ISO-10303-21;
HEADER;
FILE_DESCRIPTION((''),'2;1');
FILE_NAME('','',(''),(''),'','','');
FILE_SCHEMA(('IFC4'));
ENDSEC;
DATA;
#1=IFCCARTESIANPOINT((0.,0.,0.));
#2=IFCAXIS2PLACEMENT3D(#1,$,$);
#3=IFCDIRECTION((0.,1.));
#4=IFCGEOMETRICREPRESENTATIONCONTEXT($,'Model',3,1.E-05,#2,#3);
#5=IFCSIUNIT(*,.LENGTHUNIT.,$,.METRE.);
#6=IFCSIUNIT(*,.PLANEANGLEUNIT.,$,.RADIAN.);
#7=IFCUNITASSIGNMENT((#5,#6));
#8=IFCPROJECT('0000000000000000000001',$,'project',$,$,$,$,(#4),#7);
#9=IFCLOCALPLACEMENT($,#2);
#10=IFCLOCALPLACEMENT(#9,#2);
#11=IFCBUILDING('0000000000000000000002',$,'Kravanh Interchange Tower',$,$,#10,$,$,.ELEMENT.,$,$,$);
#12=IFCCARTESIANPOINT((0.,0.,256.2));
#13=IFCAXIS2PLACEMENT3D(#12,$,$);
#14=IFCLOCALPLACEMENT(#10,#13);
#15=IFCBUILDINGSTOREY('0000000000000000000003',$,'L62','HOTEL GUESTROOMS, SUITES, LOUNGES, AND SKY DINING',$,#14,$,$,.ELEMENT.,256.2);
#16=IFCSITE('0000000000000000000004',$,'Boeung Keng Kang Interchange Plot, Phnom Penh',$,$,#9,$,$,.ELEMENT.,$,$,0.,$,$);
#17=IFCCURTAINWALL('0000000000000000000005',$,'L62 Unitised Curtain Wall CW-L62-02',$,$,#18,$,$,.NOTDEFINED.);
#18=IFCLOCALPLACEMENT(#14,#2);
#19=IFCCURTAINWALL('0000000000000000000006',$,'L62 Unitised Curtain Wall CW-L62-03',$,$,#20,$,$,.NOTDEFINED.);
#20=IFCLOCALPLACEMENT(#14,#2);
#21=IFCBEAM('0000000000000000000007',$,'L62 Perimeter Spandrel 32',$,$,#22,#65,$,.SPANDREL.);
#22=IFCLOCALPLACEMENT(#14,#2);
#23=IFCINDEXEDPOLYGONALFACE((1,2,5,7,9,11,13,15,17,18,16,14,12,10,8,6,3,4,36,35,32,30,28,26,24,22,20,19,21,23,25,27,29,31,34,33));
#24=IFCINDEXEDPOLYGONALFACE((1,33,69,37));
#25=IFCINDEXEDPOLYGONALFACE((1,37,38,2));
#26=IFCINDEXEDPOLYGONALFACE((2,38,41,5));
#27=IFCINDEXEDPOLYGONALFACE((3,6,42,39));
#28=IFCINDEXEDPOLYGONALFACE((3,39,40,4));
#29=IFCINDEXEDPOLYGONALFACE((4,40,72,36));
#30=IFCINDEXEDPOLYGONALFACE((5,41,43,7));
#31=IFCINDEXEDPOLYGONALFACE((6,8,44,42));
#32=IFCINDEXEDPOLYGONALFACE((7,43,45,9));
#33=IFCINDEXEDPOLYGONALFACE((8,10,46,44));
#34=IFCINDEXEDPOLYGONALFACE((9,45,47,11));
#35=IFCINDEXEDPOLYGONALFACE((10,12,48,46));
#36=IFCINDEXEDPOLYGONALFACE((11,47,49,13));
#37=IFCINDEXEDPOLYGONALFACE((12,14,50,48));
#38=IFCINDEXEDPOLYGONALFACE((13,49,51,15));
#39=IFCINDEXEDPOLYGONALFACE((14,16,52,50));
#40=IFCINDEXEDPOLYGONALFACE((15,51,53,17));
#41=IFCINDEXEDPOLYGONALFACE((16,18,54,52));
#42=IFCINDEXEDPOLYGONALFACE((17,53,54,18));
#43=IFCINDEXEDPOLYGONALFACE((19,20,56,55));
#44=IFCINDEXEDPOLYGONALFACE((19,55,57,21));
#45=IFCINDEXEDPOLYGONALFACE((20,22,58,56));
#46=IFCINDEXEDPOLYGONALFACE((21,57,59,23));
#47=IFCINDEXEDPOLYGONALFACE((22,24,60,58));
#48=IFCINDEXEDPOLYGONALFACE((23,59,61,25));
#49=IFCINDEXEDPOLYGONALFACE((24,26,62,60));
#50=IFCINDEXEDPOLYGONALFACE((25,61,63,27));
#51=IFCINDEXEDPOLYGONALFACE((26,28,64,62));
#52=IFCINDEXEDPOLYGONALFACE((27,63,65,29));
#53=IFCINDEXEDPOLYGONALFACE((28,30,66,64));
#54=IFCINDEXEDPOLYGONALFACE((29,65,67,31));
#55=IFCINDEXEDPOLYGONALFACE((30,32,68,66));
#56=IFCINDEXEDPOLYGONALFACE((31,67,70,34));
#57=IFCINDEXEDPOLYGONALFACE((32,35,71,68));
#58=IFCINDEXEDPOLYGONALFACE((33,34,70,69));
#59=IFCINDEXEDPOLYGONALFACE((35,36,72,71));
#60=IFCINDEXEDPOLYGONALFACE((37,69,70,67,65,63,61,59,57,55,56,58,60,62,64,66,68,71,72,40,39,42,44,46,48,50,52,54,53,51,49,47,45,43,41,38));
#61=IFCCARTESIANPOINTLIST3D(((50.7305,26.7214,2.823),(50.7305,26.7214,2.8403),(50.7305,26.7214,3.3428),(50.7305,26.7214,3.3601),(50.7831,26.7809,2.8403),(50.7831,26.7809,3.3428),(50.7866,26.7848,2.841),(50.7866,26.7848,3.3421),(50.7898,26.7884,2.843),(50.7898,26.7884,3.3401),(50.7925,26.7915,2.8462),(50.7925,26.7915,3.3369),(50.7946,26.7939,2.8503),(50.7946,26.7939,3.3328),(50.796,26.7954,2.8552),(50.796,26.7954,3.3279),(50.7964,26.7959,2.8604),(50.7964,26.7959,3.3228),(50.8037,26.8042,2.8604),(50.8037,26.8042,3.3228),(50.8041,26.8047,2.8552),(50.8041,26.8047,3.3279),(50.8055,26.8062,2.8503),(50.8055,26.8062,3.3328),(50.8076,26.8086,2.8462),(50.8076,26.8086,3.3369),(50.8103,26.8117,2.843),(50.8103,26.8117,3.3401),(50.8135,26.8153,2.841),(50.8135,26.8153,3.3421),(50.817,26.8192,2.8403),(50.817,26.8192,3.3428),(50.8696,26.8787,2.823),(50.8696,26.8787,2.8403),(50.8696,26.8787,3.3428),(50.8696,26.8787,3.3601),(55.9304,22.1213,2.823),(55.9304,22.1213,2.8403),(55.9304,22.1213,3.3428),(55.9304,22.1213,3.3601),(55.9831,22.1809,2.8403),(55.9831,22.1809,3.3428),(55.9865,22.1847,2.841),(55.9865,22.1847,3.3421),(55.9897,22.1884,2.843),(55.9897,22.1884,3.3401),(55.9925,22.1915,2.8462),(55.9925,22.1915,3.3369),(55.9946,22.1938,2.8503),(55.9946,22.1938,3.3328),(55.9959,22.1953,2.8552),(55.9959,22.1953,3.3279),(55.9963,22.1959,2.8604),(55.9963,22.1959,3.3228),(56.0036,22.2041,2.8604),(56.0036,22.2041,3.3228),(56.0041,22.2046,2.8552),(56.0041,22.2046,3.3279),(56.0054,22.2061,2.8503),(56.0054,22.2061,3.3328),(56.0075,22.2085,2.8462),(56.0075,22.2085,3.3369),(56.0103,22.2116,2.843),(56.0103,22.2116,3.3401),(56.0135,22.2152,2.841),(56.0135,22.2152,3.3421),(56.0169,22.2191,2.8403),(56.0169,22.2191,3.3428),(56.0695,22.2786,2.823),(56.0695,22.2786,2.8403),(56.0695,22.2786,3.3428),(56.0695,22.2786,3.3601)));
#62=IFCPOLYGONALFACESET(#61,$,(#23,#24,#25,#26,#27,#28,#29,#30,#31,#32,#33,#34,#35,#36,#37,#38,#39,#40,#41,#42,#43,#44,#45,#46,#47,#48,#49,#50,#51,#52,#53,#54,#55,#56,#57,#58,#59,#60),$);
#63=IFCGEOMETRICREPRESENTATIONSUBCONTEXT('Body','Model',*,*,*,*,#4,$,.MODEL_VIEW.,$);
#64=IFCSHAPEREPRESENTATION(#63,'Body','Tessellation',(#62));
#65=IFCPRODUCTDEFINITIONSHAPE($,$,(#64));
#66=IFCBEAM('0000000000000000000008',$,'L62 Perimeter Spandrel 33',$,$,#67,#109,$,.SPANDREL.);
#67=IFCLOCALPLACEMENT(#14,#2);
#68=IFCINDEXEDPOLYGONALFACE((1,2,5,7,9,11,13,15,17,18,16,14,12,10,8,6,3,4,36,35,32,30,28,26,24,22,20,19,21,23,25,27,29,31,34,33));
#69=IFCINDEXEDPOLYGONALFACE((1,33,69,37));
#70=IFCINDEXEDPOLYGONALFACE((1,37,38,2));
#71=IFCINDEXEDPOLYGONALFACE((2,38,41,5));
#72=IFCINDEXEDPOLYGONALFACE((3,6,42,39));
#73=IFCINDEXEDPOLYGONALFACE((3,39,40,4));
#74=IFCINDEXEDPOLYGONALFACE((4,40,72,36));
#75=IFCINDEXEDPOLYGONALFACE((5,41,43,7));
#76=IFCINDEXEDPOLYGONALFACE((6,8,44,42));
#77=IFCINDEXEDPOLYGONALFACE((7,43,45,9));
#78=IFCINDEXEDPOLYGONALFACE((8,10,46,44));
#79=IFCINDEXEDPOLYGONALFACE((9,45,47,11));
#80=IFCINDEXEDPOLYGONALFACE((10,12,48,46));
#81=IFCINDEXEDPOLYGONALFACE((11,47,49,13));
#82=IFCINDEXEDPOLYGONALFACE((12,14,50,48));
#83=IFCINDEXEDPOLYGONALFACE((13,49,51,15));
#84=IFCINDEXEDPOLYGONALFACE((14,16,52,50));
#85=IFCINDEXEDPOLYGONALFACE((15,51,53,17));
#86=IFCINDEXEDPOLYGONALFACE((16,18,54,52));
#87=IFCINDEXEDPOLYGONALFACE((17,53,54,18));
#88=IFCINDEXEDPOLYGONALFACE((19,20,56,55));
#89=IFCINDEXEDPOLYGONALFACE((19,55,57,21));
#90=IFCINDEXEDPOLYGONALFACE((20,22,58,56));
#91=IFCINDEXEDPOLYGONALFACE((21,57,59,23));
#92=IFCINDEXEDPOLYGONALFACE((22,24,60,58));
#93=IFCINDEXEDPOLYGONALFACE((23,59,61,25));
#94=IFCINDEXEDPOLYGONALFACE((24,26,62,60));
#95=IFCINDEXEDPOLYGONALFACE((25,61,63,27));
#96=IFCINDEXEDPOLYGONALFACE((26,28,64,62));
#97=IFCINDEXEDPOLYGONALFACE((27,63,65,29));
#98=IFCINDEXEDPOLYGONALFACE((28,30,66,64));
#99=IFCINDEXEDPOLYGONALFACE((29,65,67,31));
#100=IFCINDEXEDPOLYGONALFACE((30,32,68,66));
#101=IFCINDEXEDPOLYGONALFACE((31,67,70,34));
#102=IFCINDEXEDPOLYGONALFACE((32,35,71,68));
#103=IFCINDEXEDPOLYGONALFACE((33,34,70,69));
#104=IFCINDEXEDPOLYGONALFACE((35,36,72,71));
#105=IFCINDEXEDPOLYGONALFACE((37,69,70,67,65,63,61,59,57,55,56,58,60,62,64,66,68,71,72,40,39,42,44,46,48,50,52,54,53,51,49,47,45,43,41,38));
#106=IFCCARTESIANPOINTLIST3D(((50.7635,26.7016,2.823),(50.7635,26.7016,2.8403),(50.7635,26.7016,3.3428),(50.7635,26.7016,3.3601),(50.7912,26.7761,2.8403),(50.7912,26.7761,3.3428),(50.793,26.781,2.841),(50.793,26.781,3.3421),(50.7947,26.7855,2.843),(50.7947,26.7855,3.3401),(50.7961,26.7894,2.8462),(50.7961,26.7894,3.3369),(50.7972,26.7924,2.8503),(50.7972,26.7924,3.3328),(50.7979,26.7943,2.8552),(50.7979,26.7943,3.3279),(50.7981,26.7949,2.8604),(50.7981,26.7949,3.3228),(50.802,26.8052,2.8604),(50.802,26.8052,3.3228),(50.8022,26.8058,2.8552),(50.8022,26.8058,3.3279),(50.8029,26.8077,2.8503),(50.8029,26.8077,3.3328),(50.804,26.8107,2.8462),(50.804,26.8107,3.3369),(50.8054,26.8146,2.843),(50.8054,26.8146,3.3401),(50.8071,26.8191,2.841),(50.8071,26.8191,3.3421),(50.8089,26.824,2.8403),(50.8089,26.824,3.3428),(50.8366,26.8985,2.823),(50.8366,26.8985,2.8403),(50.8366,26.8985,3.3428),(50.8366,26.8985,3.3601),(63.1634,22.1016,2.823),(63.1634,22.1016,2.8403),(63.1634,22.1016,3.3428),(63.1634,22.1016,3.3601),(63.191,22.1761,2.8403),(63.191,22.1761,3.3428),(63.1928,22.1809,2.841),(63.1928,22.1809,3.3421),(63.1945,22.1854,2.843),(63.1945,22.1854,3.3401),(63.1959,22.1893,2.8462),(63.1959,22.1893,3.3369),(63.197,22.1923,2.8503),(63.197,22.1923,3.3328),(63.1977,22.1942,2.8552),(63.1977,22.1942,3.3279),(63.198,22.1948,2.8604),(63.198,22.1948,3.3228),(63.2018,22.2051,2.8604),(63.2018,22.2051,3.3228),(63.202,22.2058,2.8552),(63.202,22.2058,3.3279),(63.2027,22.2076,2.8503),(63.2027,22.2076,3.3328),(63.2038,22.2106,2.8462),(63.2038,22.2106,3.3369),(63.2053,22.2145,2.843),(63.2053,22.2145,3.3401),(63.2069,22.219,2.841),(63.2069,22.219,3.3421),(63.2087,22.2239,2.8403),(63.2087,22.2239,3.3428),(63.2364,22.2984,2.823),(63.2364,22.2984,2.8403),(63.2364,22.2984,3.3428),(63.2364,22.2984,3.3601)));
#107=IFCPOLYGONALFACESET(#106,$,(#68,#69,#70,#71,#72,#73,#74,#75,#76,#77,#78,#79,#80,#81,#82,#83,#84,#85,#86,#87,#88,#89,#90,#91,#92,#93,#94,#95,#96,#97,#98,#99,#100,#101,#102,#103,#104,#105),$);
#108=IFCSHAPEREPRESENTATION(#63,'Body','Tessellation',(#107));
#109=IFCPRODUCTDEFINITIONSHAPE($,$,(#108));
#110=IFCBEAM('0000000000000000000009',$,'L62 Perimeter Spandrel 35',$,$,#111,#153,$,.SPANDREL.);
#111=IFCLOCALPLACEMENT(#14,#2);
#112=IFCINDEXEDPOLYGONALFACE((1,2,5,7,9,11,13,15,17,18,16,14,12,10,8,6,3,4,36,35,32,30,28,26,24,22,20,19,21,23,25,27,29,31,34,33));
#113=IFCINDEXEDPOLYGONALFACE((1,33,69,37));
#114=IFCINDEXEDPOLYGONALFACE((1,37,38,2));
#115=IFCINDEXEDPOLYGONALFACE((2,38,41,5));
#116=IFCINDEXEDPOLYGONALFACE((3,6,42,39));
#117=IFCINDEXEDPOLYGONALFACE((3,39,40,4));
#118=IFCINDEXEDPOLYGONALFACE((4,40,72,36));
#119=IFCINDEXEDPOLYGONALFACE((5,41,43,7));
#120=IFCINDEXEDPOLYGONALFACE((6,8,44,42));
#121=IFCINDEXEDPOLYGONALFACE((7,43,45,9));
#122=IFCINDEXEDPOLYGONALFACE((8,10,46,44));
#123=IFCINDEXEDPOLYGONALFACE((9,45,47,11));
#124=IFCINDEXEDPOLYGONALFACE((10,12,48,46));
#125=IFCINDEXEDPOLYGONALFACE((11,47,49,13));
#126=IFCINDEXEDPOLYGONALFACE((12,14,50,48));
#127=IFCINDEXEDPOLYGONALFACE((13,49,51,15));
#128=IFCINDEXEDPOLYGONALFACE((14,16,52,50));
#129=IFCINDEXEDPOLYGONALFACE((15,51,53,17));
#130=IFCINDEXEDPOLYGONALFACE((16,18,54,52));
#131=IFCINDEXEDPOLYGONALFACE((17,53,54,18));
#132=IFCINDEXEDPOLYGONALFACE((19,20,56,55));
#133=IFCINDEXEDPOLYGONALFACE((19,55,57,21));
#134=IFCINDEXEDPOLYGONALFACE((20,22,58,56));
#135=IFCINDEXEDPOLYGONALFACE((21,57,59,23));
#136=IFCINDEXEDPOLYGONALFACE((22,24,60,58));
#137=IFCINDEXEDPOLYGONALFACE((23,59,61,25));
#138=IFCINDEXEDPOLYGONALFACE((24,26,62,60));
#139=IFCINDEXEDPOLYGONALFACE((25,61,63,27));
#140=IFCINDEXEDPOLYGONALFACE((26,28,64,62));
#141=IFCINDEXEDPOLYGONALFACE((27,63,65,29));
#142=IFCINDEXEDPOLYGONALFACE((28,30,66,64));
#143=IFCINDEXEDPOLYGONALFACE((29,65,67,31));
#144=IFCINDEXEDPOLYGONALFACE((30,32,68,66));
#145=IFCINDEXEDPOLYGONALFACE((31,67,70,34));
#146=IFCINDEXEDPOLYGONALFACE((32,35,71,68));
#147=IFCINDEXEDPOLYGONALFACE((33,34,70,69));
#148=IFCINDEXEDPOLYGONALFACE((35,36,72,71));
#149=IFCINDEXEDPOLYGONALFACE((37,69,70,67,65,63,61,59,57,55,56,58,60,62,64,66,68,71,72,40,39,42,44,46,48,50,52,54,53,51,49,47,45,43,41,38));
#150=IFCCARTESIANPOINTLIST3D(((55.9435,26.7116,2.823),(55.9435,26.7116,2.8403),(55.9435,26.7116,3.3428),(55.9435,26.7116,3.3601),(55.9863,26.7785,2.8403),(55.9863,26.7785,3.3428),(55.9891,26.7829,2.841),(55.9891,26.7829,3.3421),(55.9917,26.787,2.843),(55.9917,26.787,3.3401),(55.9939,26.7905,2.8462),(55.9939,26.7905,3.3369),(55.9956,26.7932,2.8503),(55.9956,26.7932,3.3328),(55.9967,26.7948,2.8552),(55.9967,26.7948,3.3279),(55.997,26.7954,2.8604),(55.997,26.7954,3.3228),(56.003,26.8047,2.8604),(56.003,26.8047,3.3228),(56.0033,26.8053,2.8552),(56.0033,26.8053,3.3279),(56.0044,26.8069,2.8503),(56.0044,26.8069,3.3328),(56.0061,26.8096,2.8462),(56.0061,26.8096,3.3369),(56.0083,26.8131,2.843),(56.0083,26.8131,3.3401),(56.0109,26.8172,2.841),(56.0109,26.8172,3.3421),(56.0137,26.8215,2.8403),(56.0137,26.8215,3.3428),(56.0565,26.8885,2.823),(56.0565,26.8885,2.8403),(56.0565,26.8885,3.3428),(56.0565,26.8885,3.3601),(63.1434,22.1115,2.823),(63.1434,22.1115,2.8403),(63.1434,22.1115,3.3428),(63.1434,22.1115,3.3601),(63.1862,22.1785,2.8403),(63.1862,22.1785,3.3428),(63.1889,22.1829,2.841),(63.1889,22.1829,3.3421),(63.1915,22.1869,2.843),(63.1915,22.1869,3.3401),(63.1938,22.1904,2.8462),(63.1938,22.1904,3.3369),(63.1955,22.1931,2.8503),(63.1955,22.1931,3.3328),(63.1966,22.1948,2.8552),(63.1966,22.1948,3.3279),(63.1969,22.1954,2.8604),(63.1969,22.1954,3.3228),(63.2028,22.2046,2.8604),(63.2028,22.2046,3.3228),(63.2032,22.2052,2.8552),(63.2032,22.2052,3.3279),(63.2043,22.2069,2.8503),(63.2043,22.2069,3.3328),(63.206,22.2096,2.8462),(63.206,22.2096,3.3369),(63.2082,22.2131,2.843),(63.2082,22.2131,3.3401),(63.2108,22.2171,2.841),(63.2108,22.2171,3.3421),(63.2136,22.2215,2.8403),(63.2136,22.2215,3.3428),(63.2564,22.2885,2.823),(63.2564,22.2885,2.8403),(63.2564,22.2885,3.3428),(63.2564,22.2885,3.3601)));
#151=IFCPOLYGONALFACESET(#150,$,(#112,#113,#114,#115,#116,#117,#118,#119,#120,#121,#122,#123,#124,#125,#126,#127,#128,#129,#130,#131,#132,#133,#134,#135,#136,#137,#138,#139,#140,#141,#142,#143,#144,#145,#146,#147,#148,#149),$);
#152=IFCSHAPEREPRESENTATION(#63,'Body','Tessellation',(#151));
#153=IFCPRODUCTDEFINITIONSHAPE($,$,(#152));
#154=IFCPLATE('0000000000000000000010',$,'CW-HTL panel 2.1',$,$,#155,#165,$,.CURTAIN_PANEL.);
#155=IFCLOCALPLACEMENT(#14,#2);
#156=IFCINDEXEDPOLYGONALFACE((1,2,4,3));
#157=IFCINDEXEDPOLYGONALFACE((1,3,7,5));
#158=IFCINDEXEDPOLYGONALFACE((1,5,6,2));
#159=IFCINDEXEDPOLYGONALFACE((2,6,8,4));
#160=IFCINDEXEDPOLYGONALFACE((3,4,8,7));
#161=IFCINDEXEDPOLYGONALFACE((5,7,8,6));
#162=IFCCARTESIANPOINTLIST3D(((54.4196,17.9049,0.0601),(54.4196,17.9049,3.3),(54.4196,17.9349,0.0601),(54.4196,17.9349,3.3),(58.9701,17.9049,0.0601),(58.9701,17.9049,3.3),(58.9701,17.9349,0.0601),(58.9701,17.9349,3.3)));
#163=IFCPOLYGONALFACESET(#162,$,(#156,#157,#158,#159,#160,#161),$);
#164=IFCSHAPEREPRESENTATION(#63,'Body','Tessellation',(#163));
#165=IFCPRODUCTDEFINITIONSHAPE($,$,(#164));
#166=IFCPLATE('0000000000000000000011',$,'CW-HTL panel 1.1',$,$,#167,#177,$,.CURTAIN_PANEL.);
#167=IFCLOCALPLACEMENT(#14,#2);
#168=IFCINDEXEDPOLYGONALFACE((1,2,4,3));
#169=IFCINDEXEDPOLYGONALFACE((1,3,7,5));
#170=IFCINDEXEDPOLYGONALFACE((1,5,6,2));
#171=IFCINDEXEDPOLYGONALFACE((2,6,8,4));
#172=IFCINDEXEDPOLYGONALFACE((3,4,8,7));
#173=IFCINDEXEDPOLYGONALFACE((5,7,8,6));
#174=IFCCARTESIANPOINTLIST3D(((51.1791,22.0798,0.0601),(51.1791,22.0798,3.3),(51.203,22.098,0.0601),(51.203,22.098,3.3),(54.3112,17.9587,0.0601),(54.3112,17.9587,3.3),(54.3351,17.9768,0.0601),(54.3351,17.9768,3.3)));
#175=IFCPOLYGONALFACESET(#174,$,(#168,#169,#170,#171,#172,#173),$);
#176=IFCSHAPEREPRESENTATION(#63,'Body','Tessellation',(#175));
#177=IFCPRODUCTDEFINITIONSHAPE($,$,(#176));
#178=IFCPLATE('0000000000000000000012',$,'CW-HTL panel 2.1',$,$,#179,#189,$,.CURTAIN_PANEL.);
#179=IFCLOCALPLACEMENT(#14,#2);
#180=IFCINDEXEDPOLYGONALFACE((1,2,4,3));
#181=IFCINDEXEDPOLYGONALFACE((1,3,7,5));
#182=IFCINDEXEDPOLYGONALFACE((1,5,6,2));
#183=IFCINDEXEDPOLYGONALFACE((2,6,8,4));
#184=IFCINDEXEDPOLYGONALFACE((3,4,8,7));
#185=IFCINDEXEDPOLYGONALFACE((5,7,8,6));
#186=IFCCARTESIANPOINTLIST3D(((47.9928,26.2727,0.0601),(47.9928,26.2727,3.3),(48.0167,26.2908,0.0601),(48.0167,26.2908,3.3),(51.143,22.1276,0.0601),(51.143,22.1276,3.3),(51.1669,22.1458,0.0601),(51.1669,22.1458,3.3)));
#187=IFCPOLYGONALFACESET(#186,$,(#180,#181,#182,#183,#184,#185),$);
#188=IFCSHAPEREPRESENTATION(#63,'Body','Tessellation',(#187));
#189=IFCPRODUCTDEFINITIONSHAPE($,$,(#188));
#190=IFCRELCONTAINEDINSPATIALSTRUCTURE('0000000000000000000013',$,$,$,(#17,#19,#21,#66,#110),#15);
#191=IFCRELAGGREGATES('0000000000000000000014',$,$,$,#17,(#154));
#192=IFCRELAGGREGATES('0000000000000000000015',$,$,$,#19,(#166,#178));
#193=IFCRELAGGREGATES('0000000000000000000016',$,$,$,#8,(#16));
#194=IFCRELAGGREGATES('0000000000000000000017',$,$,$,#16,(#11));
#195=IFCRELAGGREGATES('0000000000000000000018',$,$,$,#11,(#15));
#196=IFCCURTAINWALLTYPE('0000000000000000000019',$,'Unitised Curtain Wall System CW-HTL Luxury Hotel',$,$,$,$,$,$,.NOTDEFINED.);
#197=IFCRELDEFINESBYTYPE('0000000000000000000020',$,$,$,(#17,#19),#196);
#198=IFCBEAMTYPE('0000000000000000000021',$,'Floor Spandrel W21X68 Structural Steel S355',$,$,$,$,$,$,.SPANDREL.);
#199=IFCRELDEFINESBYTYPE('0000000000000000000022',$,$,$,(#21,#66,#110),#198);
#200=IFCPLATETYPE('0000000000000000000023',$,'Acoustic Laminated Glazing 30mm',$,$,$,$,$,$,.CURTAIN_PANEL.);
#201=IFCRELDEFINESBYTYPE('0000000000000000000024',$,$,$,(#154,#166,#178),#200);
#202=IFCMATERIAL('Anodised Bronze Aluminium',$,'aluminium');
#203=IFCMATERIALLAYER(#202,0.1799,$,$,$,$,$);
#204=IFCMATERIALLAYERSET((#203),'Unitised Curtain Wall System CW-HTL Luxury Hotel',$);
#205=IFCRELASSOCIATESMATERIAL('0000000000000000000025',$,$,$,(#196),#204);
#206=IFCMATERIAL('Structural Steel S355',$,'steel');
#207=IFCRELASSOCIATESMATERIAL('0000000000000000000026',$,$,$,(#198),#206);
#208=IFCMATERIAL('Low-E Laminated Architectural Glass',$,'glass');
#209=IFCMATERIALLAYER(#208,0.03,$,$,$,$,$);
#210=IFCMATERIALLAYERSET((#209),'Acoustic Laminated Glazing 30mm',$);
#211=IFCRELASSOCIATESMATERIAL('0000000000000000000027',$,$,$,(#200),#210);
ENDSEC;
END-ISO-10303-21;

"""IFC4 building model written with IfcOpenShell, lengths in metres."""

from ifc_helpers import new_model, si_unit, direction, frame, origin, origin_2d, place, context, subcontext, project, spatial, rectangle, i_section, extrude, material, layer, layer_set, material_profile, profile_set, type_object, element, aggregate, save


model = new_model("IFC4")

# Units and contexts
model_context = context("Model", 3, precision=1e-05, world=origin(), true_north=direction((0.0, 1.0)))
body_context = subcontext(model_context, "Body", "Model", "MODEL_VIEW")
ifc_project = project(units=[si_unit("LENGTHUNIT", "METRE"), si_unit("PLANEANGLEUNIT", "RADIAN")], contexts=[model_context])

# Site, building, storey
site_placement = place(None, origin())
site = spatial("IfcSite", under=ifc_project, at=site_placement, Name="Boeung Keng Kang Interchange Plot, Phnom Penh", CompositionType="ELEMENT", RefElevation=0.0)
building_placement = place(site_placement, origin())
building = spatial("IfcBuilding", under=site, at=building_placement, Name="Kravanh Interchange Tower", CompositionType="ELEMENT")
storey_placement = place(building_placement, frame((0.0, 0.0, 256.2)))
storey = spatial("IfcBuildingStorey", under=building, at=storey_placement, Name="L62", Description="HOTEL GUESTROOMS, SUITES, LOUNGES, AND SKY DINING", CompositionType="ELEMENT", Elevation=256.2)

# Curtain wall
ifc_material_1 = material(Name="Anodised Bronze Aluminium", Category="aluminium")
ifc_layer_1 = layer(ifc_material_1, 0.1799)
ifc_layer_set_1 = layer_set([ifc_layer_1], Name="Unitised Curtain Wall System CW-HTL Luxury Hotel")
curtain_wall_type = type_object("IfcCurtainWallType", Name="Unitised Curtain Wall System CW-HTL Luxury Hotel", PredefinedType="NOTDEFINED", material=ifc_layer_set_1)
curtain_wall_1_placement = place(storey_placement, origin())
curtain_wall_1 = element("IfcCurtainWall", 1, at=curtain_wall_1_placement, inside=storey, type_object=curtain_wall_type, Name="L62 Unitised Curtain Wall CW-L62-02", PredefinedType="NOTDEFINED")

# Curtain wall
curtain_wall_2_placement = place(storey_placement, origin())
curtain_wall_2 = element("IfcCurtainWall", 2, at=curtain_wall_2_placement, inside=storey, type_object=curtain_wall_type, Name="L62 Unitised Curtain Wall CW-L62-03", PredefinedType="NOTDEFINED")

# Beams
ifc_material_2 = material(Name="Structural Steel S355", Category="steel")
ifc_material_profile_1 = material_profile(ifc_material_2, i_section(OverallWidth=0.21, OverallDepth=0.5371, WebThickness=0.011, FlangeThickness=0.0173, FilletRadius=0.02, at=origin_2d()), Name="W21X68")
ifc_profile_set_1 = profile_set([ifc_material_profile_1], Name="Structural Steel S355")
beam_type_1 = type_object("IfcBeamType", Name="Floor Spandrel W21X68 Structural Steel S355", PredefinedType="SPANDREL", material=ifc_profile_set_1)
beam_1_placement = place(storey_placement, frame((50.8, 26.8, 3.0916), z_axis=(0.748986, -0.662585, 0.0), x_axis=(0.662585, 0.748986, 0.0)))
element("IfcBeam", 3, at=beam_1_placement, inside=storey, type_object=beam_type_1, Name="L62 Perimeter Spandrel 32", PredefinedType="SPANDREL", context=body_context, shape_type="SweptSolid", body=[
    extrude(i_section(OverallWidth=0.21, OverallDepth=0.5371, WebThickness=0.011, FlangeThickness=0.0173, FilletRadius=0.02, at=origin_2d()), origin(), (0.0, 0.0, 1.0), 6.9426),
])
beam_2_placement = place(storey_placement, frame((50.8, 26.8, 3.0916), z_axis=(0.937563, -0.347816, 0.0), x_axis=(0.347816, 0.937563, 0.0)))
element("IfcBeam", 4, at=beam_2_placement, inside=storey, type_object=beam_type_1, Name="L62 Perimeter Spandrel 33", PredefinedType="SPANDREL", context=body_context, shape_type="SweptSolid", body=[
    extrude(i_section(OverallWidth=0.21, OverallDepth=0.5371, WebThickness=0.011, FlangeThickness=0.0173, FilletRadius=0.02, at=origin_2d()), origin(), (0.0, 0.0, 1.0), 13.2256),
])
beam_3_placement = place(storey_placement, frame((56.0, 26.8, 3.0916), z_axis=(0.842689, -0.5384, 0.0), x_axis=(0.5384, 0.842689, 0.0)))
element("IfcBeam", 5, at=beam_3_placement, inside=storey, type_object=beam_type_1, Name="L62 Perimeter Spandrel 35", PredefinedType="SPANDREL", context=body_context, shape_type="SweptSolid", body=[
    extrude(i_section(OverallWidth=0.21, OverallDepth=0.5371, WebThickness=0.011, FlangeThickness=0.0173, FilletRadius=0.02, at=origin_2d()), origin(), (0.0, 0.0, 1.0), 8.5439),
])

# Plates
ifc_material_3 = material(Name="Low-E Laminated Architectural Glass", Category="glass")
ifc_layer_2 = layer(ifc_material_3, 0.03)
ifc_layer_set_2 = layer_set([ifc_layer_2], Name="Acoustic Laminated Glazing 30mm")
plate_type = type_object("IfcPlateType", Name="Acoustic Laminated Glazing 30mm", PredefinedType="CURTAIN_PANEL", material=ifc_layer_set_2)
plate_1_placement = place(storey_placement, frame((56.6948, 17.9199, 0.0601), z_axis=(0.0, 0.0, 1.0), x_axis=(-1.0, 0.0, 0.0)))
plate_1 = element("IfcPlate", 6, at=plate_1_placement, type_object=plate_type, Name="CW-HTL panel 2.1", PredefinedType="CURTAIN_PANEL", context=body_context, shape_type="SweptSolid", body=[
    extrude(rectangle(XDim=4.5505, YDim=0.03, at=origin_2d()), origin(), (0.0, 0.0, 1.0), 3.24),
])
aggregate(curtain_wall_1, [plate_1])
plate_2_placement = place(storey_placement, frame((52.7571, 20.0283, 0.0601), z_axis=(0.0, 0.0, 1.0), x_axis=(-0.605083, 0.796162, 0.0)))
plate_2 = element("IfcPlate", 7, at=plate_2_placement, type_object=plate_type, Name="CW-HTL panel 1.1", PredefinedType="CURTAIN_PANEL", context=body_context, shape_type="SweptSolid", body=[
    extrude(rectangle(XDim=5.1763, YDim=0.03, at=origin_2d()), origin(), (0.0, 0.0, 1.0), 3.24),
])
plate_3_placement = place(storey_placement, frame((49.5798, 24.2092, 0.0601), z_axis=(0.0, 0.0, 1.0), x_axis=(-0.605083, 0.796162, 0.0)))
plate_3 = element("IfcPlate", 8, at=plate_3_placement, type_object=plate_type, Name="CW-HTL panel 2.1", PredefinedType="CURTAIN_PANEL", context=body_context, shape_type="SweptSolid", body=[
    extrude(rectangle(XDim=5.2063, YDim=0.03, at=origin_2d()), origin(), (0.0, 0.0, 1.0), 3.24),
])
aggregate(curtain_wall_2, [plate_2, plate_3])

save(model, "model.ifc")
